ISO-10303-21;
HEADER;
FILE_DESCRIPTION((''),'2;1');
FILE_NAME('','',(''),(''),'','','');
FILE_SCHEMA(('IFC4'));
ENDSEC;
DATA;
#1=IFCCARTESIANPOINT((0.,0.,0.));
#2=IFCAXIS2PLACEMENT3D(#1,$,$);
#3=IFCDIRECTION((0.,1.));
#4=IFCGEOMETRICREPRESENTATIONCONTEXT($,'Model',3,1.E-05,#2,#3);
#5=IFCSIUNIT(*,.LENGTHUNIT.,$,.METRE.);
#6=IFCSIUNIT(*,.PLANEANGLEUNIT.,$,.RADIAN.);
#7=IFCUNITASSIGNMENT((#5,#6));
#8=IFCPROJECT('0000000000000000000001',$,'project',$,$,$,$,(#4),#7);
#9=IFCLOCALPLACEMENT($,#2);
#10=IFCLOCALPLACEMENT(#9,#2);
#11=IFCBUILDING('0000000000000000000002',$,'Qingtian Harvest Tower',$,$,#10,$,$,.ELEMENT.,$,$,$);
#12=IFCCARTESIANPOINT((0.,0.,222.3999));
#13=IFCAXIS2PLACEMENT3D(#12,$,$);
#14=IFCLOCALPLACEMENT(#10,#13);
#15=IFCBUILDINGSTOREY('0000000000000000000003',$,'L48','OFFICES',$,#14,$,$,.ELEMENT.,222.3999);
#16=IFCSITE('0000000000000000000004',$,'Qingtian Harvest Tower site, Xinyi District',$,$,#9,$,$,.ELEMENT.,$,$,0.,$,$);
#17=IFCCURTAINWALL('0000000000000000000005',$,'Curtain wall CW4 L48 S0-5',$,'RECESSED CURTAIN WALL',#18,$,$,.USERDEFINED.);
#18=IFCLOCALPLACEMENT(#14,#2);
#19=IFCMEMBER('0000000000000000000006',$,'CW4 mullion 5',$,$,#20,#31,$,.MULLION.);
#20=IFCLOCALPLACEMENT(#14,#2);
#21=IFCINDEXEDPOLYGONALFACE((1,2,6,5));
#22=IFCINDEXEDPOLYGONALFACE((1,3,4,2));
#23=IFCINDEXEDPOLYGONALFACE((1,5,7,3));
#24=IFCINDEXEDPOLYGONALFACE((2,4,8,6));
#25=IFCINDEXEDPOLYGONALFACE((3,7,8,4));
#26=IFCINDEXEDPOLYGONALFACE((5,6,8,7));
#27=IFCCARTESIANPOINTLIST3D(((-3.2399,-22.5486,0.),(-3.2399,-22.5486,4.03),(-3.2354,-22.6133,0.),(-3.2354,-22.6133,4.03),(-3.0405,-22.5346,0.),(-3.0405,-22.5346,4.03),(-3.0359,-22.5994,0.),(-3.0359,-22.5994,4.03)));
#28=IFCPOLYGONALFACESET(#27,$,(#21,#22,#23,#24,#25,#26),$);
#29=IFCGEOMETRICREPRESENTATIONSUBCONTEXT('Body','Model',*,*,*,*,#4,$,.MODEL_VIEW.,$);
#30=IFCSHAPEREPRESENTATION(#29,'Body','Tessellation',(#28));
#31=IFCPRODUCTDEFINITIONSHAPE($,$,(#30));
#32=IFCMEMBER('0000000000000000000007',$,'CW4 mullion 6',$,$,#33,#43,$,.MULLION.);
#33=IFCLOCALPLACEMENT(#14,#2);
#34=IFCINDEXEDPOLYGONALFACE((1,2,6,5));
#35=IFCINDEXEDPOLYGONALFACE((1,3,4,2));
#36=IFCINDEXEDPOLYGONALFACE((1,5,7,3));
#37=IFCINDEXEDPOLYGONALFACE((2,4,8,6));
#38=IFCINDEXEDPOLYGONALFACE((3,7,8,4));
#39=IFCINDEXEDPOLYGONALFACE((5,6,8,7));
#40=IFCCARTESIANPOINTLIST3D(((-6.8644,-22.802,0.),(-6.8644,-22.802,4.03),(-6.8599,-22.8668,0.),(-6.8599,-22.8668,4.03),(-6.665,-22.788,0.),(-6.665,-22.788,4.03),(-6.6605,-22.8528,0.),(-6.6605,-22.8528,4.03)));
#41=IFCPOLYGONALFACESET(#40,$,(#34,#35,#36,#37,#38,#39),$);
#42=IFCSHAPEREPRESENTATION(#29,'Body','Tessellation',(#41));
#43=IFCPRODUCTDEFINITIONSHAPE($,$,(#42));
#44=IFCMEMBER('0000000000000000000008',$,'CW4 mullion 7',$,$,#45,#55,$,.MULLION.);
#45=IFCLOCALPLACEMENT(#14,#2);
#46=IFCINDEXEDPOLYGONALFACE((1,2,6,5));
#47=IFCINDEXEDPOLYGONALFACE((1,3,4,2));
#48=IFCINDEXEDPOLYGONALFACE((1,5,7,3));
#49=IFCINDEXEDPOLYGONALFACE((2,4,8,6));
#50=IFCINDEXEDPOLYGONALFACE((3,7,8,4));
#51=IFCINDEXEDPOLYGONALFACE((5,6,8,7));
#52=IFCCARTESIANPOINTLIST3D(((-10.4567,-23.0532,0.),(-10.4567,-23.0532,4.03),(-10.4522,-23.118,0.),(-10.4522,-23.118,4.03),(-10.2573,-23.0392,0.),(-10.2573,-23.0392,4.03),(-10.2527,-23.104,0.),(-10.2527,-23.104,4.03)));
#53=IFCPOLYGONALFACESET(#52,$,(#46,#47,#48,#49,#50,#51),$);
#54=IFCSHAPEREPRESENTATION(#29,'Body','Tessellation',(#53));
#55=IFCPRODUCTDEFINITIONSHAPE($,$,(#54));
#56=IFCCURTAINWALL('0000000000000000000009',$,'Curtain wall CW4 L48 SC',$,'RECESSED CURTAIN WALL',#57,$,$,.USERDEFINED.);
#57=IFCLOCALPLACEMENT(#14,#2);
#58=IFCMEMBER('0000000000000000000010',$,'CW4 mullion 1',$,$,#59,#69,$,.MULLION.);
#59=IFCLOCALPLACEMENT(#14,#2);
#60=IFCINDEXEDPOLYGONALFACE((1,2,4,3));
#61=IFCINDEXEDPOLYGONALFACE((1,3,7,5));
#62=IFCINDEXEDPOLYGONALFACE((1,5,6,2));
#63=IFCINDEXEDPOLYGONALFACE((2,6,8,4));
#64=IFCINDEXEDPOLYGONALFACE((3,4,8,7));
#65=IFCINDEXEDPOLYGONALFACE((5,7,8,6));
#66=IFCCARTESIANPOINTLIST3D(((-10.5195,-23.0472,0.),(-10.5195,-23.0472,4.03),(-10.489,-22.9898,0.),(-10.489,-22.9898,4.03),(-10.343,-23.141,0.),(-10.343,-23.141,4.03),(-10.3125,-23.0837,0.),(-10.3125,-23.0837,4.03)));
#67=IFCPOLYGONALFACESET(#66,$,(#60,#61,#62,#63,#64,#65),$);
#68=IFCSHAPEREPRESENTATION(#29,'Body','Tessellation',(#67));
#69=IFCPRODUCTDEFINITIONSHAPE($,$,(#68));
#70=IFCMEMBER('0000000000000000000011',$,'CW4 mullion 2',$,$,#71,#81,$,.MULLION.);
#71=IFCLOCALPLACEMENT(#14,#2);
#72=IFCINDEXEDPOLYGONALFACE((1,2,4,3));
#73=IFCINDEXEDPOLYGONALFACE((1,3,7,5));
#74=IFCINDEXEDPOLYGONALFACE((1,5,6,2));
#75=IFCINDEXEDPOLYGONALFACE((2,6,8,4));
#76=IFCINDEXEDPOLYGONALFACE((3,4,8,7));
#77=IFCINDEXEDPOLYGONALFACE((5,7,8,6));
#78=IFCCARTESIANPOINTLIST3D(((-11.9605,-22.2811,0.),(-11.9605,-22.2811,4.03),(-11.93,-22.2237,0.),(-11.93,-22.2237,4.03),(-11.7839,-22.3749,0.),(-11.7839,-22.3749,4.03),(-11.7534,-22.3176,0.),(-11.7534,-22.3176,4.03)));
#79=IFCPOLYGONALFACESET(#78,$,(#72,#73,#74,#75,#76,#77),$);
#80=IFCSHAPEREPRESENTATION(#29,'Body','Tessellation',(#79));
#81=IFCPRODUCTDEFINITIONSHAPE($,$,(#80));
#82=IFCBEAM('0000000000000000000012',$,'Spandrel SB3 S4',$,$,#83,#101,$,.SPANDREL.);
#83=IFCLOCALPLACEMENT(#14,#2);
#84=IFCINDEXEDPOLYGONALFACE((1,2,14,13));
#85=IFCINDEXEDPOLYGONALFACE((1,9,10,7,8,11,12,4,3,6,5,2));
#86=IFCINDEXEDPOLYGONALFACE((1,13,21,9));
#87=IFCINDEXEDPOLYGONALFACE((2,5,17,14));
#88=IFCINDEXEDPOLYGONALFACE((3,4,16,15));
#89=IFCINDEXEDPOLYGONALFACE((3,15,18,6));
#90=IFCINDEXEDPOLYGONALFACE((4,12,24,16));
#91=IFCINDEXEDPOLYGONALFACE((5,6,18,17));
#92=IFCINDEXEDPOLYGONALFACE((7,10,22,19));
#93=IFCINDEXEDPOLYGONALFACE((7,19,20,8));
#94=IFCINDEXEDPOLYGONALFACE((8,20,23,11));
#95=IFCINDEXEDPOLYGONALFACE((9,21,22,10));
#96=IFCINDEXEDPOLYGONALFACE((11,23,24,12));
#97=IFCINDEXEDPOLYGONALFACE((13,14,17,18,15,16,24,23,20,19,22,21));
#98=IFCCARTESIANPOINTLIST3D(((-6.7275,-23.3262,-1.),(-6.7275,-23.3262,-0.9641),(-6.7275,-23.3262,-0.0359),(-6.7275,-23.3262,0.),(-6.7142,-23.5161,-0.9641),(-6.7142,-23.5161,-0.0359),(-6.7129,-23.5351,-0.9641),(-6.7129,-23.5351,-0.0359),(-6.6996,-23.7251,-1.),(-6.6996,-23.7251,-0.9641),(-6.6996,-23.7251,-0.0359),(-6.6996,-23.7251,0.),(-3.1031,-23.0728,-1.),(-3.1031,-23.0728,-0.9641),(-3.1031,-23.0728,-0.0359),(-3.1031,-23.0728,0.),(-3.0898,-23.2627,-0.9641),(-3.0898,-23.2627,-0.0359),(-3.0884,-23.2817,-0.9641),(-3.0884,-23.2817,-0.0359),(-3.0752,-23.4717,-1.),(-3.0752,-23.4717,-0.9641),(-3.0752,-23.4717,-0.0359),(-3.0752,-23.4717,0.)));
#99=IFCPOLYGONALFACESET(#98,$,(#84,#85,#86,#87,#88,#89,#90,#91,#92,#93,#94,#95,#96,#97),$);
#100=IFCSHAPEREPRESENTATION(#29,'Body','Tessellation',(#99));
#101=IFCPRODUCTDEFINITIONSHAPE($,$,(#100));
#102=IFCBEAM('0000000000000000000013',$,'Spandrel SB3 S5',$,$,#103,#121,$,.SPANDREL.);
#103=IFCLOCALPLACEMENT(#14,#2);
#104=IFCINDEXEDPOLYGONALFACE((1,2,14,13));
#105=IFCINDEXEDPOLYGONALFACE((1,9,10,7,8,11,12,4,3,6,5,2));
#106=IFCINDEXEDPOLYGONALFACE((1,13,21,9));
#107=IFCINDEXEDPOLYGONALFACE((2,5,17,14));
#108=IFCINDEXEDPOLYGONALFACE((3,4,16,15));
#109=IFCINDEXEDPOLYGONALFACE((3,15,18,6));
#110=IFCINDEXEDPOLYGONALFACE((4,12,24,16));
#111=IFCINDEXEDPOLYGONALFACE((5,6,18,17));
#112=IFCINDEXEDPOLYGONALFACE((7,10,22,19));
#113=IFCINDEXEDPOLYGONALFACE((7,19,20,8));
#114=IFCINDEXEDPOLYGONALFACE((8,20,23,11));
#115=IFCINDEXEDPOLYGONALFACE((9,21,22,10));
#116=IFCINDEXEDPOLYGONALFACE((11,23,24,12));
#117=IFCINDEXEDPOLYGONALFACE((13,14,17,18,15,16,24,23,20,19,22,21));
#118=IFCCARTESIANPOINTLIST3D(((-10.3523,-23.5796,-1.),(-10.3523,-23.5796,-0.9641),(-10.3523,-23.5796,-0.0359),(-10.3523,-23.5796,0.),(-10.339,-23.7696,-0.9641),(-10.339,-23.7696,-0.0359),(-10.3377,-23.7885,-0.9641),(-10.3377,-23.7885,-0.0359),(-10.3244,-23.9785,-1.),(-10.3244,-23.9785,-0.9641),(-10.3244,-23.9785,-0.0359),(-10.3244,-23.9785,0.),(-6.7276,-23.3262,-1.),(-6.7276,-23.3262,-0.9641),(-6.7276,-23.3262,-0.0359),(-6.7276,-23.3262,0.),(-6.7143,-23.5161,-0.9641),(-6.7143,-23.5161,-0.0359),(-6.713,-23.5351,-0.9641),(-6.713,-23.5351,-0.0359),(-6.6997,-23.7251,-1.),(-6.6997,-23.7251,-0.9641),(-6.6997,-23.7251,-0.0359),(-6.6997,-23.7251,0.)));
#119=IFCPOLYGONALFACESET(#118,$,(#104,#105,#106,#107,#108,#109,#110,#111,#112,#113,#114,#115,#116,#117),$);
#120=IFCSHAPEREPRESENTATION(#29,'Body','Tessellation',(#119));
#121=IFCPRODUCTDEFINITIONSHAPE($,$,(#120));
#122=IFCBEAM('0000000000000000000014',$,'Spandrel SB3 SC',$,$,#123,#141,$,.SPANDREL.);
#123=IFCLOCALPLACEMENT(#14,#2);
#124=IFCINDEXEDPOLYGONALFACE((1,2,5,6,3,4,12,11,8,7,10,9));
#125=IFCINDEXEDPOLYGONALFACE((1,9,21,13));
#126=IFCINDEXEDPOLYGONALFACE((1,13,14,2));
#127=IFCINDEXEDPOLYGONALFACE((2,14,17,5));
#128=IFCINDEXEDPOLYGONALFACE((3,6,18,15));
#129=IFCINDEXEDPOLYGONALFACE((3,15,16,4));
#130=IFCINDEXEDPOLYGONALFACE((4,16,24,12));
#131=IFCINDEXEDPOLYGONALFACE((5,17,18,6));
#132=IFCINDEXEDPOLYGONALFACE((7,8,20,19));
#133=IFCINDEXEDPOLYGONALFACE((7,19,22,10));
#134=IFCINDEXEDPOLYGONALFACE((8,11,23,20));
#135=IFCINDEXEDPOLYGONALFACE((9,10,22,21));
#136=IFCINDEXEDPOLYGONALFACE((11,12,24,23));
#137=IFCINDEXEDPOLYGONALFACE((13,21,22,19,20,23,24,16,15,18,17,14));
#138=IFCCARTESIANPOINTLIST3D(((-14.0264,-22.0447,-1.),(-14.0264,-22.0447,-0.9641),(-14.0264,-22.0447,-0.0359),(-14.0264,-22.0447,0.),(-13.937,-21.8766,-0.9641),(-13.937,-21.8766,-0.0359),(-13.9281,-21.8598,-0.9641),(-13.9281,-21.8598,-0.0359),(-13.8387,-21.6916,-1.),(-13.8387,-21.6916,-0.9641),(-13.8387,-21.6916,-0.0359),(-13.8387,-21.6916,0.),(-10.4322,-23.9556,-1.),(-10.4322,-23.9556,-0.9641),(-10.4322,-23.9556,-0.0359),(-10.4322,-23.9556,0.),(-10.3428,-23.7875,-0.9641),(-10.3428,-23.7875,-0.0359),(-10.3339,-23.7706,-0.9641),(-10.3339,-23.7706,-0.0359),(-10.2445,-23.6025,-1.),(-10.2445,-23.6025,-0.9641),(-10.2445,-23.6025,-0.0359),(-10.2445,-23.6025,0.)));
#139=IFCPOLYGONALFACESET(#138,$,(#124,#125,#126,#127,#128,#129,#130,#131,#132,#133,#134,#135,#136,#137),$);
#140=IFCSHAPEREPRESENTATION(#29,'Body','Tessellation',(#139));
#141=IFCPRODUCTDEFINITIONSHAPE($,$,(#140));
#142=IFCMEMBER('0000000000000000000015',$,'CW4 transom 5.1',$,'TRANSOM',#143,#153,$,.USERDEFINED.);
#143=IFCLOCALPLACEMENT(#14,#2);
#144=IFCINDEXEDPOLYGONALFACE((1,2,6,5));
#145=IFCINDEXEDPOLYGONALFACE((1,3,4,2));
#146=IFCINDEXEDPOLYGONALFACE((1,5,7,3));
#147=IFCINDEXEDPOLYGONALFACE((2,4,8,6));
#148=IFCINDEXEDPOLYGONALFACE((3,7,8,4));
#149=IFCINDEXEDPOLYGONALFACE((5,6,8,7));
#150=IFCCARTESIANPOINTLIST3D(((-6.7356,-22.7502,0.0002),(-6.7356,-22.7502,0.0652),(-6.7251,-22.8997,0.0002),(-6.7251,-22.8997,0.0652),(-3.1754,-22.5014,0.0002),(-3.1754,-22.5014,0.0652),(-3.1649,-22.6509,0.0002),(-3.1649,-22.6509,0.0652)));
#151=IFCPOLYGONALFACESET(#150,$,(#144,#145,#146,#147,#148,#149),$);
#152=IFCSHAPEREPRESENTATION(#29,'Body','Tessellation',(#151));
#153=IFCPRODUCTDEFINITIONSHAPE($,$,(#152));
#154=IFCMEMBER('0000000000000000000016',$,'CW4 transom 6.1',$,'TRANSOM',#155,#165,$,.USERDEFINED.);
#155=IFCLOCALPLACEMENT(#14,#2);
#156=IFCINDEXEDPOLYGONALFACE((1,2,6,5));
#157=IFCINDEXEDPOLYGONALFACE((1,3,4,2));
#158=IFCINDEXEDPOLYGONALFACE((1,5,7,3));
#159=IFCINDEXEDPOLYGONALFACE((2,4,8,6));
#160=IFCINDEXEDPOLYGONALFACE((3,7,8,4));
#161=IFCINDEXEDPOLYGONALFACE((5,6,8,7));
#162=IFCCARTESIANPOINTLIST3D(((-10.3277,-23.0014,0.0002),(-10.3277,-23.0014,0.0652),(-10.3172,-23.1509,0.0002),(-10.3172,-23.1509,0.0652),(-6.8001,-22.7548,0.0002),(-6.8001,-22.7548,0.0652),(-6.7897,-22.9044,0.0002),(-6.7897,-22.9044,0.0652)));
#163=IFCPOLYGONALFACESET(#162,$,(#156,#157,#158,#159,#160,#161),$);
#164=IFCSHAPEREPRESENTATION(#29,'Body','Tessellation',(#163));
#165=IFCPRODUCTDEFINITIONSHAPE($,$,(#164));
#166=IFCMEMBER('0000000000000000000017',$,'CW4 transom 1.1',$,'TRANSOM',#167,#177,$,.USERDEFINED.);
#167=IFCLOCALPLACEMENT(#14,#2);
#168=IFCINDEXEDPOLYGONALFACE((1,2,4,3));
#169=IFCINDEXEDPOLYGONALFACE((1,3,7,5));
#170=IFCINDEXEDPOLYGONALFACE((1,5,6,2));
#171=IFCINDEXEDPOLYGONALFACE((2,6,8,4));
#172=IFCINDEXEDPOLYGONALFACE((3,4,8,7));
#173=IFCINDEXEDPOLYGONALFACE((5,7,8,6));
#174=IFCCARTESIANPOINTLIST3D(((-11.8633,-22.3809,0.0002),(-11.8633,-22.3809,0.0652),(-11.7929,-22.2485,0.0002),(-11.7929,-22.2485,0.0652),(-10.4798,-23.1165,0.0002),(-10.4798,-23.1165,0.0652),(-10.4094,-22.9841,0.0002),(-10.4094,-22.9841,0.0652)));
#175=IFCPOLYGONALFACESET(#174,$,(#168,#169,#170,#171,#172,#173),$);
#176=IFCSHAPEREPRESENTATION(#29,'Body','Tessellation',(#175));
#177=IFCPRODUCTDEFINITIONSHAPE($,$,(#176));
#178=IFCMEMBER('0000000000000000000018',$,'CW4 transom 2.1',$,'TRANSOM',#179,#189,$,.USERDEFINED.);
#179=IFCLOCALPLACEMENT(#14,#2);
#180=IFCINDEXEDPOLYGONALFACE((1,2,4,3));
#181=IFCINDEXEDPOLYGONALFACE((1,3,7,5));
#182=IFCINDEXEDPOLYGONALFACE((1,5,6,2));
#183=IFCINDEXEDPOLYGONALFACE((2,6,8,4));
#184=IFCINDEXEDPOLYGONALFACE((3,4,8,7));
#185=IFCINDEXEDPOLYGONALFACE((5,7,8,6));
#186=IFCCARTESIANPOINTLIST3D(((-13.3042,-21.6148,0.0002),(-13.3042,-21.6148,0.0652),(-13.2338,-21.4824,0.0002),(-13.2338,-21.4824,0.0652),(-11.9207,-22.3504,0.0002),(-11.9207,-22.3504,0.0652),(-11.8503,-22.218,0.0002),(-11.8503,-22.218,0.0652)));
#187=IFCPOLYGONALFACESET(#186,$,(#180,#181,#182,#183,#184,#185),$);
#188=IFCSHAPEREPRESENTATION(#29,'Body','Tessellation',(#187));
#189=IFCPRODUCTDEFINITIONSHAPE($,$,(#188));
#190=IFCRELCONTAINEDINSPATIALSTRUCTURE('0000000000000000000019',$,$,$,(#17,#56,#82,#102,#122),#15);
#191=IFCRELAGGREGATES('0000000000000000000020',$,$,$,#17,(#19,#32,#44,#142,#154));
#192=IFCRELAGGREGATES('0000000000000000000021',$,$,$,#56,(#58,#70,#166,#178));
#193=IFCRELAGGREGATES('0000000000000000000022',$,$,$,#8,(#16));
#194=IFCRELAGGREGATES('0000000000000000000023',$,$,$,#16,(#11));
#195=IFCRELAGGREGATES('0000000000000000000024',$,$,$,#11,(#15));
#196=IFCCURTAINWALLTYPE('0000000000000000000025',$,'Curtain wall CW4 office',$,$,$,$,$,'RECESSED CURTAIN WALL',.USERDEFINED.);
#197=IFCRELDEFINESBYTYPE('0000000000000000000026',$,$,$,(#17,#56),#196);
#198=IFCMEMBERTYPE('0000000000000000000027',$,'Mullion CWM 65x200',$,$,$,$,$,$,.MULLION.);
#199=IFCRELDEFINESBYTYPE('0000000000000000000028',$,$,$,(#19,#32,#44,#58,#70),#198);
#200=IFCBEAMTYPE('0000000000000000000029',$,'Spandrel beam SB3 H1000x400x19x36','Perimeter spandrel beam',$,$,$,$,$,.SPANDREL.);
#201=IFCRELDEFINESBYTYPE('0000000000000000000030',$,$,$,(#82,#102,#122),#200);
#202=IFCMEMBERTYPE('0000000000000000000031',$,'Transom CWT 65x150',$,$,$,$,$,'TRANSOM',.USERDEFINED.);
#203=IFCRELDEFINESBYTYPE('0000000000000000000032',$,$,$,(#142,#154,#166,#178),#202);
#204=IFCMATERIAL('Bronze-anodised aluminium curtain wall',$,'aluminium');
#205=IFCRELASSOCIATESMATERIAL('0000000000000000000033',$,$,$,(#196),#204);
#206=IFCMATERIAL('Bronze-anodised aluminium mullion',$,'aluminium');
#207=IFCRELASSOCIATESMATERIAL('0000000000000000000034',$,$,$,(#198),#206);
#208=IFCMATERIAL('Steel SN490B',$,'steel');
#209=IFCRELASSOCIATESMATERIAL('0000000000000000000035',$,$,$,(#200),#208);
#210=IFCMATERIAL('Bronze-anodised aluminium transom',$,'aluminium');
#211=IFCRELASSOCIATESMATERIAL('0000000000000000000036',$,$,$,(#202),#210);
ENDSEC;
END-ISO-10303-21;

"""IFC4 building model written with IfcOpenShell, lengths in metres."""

from ifc_helpers import new_model, si_unit, direction, frame, origin, origin_2d, place, context, subcontext, project, spatial, rectangle, i_section, extrude, material, material_profile, profile_set, type_object, element, aggregate, save


model = new_model("IFC4")

# Units and contexts
model_context = context("Model", 3, precision=1e-05, world=origin(), true_north=direction((0.0, 1.0)))
body_context = subcontext(model_context, "Body", "Model", "MODEL_VIEW")
ifc_project = project(units=[si_unit("LENGTHUNIT", "METRE"), si_unit("PLANEANGLEUNIT", "RADIAN")], contexts=[model_context])

# Site, building, storey
site_placement = place(None, origin())
site = spatial("IfcSite", under=ifc_project, at=site_placement, Name="Qingtian Harvest Tower site, Xinyi District", CompositionType="ELEMENT", RefElevation=0.0)
building_placement = place(site_placement, origin())
building = spatial("IfcBuilding", under=site, at=building_placement, Name="Qingtian Harvest Tower", CompositionType="ELEMENT")
storey_placement = place(building_placement, frame((0.0, 0.0, 222.3999)))
storey = spatial("IfcBuildingStorey", under=building, at=storey_placement, Name="L48", Description="OFFICES", CompositionType="ELEMENT", Elevation=222.3999)

# Curtain walls, members
ifc_material_1 = material(Name="Bronze-anodised aluminium curtain wall", Category="aluminium")
curtain_wall_type = type_object("IfcCurtainWallType", Name="Curtain wall CW4 office", ElementType="RECESSED CURTAIN WALL", PredefinedType="USERDEFINED", material=ifc_material_1)
curtain_wall_1_placement = place(storey_placement, origin())
curtain_wall_1 = element("IfcCurtainWall", 1, at=curtain_wall_1_placement, inside=storey, type_object=curtain_wall_type, Name="Curtain wall CW4 L48 S0-5", ObjectType="RECESSED CURTAIN WALL", PredefinedType="USERDEFINED")
ifc_material_2 = material(Name="Bronze-anodised aluminium mullion", Category="aluminium")
ifc_material_profile_1 = material_profile(ifc_material_2, rectangle(XDim=0.0649, YDim=0.2, at=origin_2d()), Name="AL 65x200")
ifc_profile_set_1 = profile_set([ifc_material_profile_1], Name="Bronze-anodised aluminium mullion")
member_type_1 = type_object("IfcMemberType", Name="Mullion CWM 65x200", PredefinedType="MULLION", material=ifc_profile_set_1)
member_1_placement = place(storey_placement, frame((-3.1379, -22.574, 0.0), z_axis=(0.0, 0.0, 1.0), x_axis=(0.069756, -0.997564, 0.0)))
member_1 = element("IfcMember", 2, at=member_1_placement, type_object=member_type_1, Name="CW4 mullion 5", PredefinedType="MULLION", context=body_context, shape_type="SweptSolid", body=[
    extrude(rectangle(XDim=0.0649, YDim=0.2, at=origin_2d()), origin(), (0.0, 0.0, 1.0), 4.03),
])
member_2_placement = place(storey_placement, frame((-6.7625, -22.8274, 0.0), z_axis=(0.0, 0.0, 1.0), x_axis=(0.069756, -0.997564, 0.0)))
member_2 = element("IfcMember", 3, at=member_2_placement, type_object=member_type_1, Name="CW4 mullion 6", PredefinedType="MULLION", context=body_context, shape_type="SweptSolid", body=[
    extrude(rectangle(XDim=0.0649, YDim=0.2, at=origin_2d()), origin(), (0.0, 0.0, 1.0), 4.03),
])
member_3_placement = place(storey_placement, frame((-10.3547, -23.0786, 0.0), z_axis=(0.0, 0.0, 1.0), x_axis=(0.069756, -0.997564, 0.0)))
member_3 = element("IfcMember", 4, at=member_3_placement, type_object=member_type_1, Name="CW4 mullion 7", PredefinedType="MULLION", context=body_context, shape_type="SweptSolid", body=[
    extrude(rectangle(XDim=0.0649, YDim=0.2, at=origin_2d()), origin(), (0.0, 0.0, 1.0), 4.03),
])
curtain_wall_2_placement = place(storey_placement, origin())
curtain_wall_2 = element("IfcCurtainWall", 5, at=curtain_wall_2_placement, inside=storey, type_object=curtain_wall_type, Name="Curtain wall CW4 L48 SC", ObjectType="RECESSED CURTAIN WALL", PredefinedType="USERDEFINED")
member_4_placement = place(storey_placement, frame((-10.416, -23.0654, 0.0), z_axis=(0.0, 0.0, 1.0), x_axis=(-0.469472, -0.882948, 0.0)))
member_4 = element("IfcMember", 6, at=member_4_placement, type_object=member_type_1, Name="CW4 mullion 1", PredefinedType="MULLION", context=body_context, shape_type="SweptSolid", body=[
    extrude(rectangle(XDim=0.0649, YDim=0.2, at=origin_2d()), origin(), (0.0, 0.0, 1.0), 4.03),
])
member_5_placement = place(storey_placement, frame((-11.8569, -22.2993, 0.0), z_axis=(0.0, 0.0, 1.0), x_axis=(-0.469472, -0.882948, 0.0)))
member_5 = element("IfcMember", 7, at=member_5_placement, type_object=member_type_1, Name="CW4 mullion 2", PredefinedType="MULLION", context=body_context, shape_type="SweptSolid", body=[
    extrude(rectangle(XDim=0.0649, YDim=0.2, at=origin_2d()), origin(), (0.0, 0.0, 1.0), 4.03),
])

# Beams
ifc_material_3 = material(Name="Steel SN490B", Category="steel")
ifc_material_profile_2 = material_profile(ifc_material_3, i_section(OverallWidth=0.3999, OverallDepth=1.0, WebThickness=0.019, FlangeThickness=0.0359, at=origin_2d()), Name="H1000x400x19x36")
ifc_profile_set_2 = profile_set([ifc_material_profile_2], Name="Steel SN490B")
beam_type_1 = type_object("IfcBeamType", Name="Spandrel beam SB3 H1000x400x19x36", Description="Perimeter spandrel beam", PredefinedType="SPANDREL", material=ifc_profile_set_2)
beam_1_placement = place(storey_placement, frame((-3.0891, -23.2722, -0.5), z_axis=(-0.997565, -0.069748, 0.0), x_axis=(0.069748, -0.997565, 0.0)))
element("IfcBeam", 8, at=beam_1_placement, inside=storey, type_object=beam_type_1, Name="Spandrel SB3 S4", PredefinedType="SPANDREL", context=body_context, shape_type="SweptSolid", body=[
    extrude(i_section(OverallWidth=0.3999, OverallDepth=1.0, WebThickness=0.019, FlangeThickness=0.0359, at=origin_2d()), origin(), (0.0, 0.0, 1.0), 3.6333),
])
beam_2_placement = place(storey_placement, frame((-6.7136, -23.5256, -0.5), z_axis=(-0.997565, -0.069743, 0.0), x_axis=(0.069743, -0.997565, 0.0)))
element("IfcBeam", 9, at=beam_2_placement, inside=storey, type_object=beam_type_1, Name="Spandrel SB3 S5", PredefinedType="SPANDREL", context=body_context, shape_type="SweptSolid", body=[
    extrude(i_section(OverallWidth=0.3999, OverallDepth=1.0, WebThickness=0.019, FlangeThickness=0.0359, at=origin_2d()), origin(), (0.0, 0.0, 1.0), 3.6335),
])
beam_3_placement = place(storey_placement, frame((-10.3384, -23.7791, -0.5), z_axis=(-0.882968, 0.469433, 0.0), x_axis=(-0.469433, -0.882968, 0.0)))
element("IfcBeam", 10, at=beam_3_placement, inside=storey, type_object=beam_type_1, Name="Spandrel SB3 SC", PredefinedType="SPANDREL", context=body_context, shape_type="SweptSolid", body=[
    extrude(i_section(OverallWidth=0.3999, OverallDepth=1.0, WebThickness=0.019, FlangeThickness=0.0359, at=origin_2d()), origin(), (0.0, 0.0, 1.0), 4.0706),
])

# Members
ifc_material_4 = material(Name="Bronze-anodised aluminium transom", Category="aluminium")
ifc_material_profile_3 = material_profile(ifc_material_4, rectangle(XDim=0.1499, YDim=0.0649, at=origin_2d()), Name="AL 65x150")
ifc_profile_set_3 = profile_set([ifc_material_profile_3], Name="Bronze-anodised aluminium transom")
member_type_2 = type_object("IfcMemberType", Name="Transom CWT 65x150", ElementType="TRANSOM", PredefinedType="USERDEFINED", material=ifc_profile_set_3)
member_6_placement = place(storey_placement, frame((-3.1702, -22.5762, 0.0327), z_axis=(-0.997567, -0.069711, 0.0), x_axis=(0.069711, -0.997567, 0.0)))
member_6 = element("IfcMember", 11, at=member_6_placement, type_object=member_type_2, Name="CW4 transom 5.1", ObjectType="TRANSOM", PredefinedType="USERDEFINED", context=body_context, shape_type="SweptSolid", body=[
    extrude(rectangle(XDim=0.1499, YDim=0.0649, at=origin_2d()), origin(), (0.0, 0.0, 1.0), 3.5688),
])
member_7_placement = place(storey_placement, frame((-6.7949, -22.8296, 0.0327), z_axis=(-0.997566, -0.069731, 0.0), x_axis=(0.069731, -0.997566, 0.0)))
member_7 = element("IfcMember", 12, at=member_7_placement, type_object=member_type_2, Name="CW4 transom 6.1", ObjectType="TRANSOM", PredefinedType="USERDEFINED", context=body_context, shape_type="SweptSolid", body=[
    extrude(rectangle(XDim=0.1499, YDim=0.0649, at=origin_2d()), origin(), (0.0, 0.0, 1.0), 3.5361),
])
member_8_placement = place(storey_placement, frame((-10.4446, -23.0503, 0.0327), z_axis=(-0.88296, 0.469448, 0.0), x_axis=(-0.469448, -0.88296, 0.0)))
member_8 = element("IfcMember", 13, at=member_8_placement, type_object=member_type_2, Name="CW4 transom 1.1", ObjectType="TRANSOM", PredefinedType="USERDEFINED", context=body_context, shape_type="SweptSolid", body=[
    extrude(rectangle(XDim=0.1499, YDim=0.0649, at=origin_2d()), origin(), (0.0, 0.0, 1.0), 1.5669),
])
member_9_placement = place(storey_placement, frame((-11.8855, -22.2842, 0.0327), z_axis=(-0.88296, 0.469448, 0.0), x_axis=(-0.469448, -0.88296, 0.0)))
member_9 = element("IfcMember", 14, at=member_9_placement, type_object=member_type_2, Name="CW4 transom 2.1", ObjectType="TRANSOM", PredefinedType="USERDEFINED", context=body_context, shape_type="SweptSolid", body=[
    extrude(rectangle(XDim=0.1499, YDim=0.0649, at=origin_2d()), origin(), (0.0, 0.0, 1.0), 1.5669),
])

aggregate(curtain_wall_1, [member_1, member_2, member_3, member_6, member_7])
aggregate(curtain_wall_2, [member_4, member_5, member_8, member_9])

save(model, "model.ifc")
